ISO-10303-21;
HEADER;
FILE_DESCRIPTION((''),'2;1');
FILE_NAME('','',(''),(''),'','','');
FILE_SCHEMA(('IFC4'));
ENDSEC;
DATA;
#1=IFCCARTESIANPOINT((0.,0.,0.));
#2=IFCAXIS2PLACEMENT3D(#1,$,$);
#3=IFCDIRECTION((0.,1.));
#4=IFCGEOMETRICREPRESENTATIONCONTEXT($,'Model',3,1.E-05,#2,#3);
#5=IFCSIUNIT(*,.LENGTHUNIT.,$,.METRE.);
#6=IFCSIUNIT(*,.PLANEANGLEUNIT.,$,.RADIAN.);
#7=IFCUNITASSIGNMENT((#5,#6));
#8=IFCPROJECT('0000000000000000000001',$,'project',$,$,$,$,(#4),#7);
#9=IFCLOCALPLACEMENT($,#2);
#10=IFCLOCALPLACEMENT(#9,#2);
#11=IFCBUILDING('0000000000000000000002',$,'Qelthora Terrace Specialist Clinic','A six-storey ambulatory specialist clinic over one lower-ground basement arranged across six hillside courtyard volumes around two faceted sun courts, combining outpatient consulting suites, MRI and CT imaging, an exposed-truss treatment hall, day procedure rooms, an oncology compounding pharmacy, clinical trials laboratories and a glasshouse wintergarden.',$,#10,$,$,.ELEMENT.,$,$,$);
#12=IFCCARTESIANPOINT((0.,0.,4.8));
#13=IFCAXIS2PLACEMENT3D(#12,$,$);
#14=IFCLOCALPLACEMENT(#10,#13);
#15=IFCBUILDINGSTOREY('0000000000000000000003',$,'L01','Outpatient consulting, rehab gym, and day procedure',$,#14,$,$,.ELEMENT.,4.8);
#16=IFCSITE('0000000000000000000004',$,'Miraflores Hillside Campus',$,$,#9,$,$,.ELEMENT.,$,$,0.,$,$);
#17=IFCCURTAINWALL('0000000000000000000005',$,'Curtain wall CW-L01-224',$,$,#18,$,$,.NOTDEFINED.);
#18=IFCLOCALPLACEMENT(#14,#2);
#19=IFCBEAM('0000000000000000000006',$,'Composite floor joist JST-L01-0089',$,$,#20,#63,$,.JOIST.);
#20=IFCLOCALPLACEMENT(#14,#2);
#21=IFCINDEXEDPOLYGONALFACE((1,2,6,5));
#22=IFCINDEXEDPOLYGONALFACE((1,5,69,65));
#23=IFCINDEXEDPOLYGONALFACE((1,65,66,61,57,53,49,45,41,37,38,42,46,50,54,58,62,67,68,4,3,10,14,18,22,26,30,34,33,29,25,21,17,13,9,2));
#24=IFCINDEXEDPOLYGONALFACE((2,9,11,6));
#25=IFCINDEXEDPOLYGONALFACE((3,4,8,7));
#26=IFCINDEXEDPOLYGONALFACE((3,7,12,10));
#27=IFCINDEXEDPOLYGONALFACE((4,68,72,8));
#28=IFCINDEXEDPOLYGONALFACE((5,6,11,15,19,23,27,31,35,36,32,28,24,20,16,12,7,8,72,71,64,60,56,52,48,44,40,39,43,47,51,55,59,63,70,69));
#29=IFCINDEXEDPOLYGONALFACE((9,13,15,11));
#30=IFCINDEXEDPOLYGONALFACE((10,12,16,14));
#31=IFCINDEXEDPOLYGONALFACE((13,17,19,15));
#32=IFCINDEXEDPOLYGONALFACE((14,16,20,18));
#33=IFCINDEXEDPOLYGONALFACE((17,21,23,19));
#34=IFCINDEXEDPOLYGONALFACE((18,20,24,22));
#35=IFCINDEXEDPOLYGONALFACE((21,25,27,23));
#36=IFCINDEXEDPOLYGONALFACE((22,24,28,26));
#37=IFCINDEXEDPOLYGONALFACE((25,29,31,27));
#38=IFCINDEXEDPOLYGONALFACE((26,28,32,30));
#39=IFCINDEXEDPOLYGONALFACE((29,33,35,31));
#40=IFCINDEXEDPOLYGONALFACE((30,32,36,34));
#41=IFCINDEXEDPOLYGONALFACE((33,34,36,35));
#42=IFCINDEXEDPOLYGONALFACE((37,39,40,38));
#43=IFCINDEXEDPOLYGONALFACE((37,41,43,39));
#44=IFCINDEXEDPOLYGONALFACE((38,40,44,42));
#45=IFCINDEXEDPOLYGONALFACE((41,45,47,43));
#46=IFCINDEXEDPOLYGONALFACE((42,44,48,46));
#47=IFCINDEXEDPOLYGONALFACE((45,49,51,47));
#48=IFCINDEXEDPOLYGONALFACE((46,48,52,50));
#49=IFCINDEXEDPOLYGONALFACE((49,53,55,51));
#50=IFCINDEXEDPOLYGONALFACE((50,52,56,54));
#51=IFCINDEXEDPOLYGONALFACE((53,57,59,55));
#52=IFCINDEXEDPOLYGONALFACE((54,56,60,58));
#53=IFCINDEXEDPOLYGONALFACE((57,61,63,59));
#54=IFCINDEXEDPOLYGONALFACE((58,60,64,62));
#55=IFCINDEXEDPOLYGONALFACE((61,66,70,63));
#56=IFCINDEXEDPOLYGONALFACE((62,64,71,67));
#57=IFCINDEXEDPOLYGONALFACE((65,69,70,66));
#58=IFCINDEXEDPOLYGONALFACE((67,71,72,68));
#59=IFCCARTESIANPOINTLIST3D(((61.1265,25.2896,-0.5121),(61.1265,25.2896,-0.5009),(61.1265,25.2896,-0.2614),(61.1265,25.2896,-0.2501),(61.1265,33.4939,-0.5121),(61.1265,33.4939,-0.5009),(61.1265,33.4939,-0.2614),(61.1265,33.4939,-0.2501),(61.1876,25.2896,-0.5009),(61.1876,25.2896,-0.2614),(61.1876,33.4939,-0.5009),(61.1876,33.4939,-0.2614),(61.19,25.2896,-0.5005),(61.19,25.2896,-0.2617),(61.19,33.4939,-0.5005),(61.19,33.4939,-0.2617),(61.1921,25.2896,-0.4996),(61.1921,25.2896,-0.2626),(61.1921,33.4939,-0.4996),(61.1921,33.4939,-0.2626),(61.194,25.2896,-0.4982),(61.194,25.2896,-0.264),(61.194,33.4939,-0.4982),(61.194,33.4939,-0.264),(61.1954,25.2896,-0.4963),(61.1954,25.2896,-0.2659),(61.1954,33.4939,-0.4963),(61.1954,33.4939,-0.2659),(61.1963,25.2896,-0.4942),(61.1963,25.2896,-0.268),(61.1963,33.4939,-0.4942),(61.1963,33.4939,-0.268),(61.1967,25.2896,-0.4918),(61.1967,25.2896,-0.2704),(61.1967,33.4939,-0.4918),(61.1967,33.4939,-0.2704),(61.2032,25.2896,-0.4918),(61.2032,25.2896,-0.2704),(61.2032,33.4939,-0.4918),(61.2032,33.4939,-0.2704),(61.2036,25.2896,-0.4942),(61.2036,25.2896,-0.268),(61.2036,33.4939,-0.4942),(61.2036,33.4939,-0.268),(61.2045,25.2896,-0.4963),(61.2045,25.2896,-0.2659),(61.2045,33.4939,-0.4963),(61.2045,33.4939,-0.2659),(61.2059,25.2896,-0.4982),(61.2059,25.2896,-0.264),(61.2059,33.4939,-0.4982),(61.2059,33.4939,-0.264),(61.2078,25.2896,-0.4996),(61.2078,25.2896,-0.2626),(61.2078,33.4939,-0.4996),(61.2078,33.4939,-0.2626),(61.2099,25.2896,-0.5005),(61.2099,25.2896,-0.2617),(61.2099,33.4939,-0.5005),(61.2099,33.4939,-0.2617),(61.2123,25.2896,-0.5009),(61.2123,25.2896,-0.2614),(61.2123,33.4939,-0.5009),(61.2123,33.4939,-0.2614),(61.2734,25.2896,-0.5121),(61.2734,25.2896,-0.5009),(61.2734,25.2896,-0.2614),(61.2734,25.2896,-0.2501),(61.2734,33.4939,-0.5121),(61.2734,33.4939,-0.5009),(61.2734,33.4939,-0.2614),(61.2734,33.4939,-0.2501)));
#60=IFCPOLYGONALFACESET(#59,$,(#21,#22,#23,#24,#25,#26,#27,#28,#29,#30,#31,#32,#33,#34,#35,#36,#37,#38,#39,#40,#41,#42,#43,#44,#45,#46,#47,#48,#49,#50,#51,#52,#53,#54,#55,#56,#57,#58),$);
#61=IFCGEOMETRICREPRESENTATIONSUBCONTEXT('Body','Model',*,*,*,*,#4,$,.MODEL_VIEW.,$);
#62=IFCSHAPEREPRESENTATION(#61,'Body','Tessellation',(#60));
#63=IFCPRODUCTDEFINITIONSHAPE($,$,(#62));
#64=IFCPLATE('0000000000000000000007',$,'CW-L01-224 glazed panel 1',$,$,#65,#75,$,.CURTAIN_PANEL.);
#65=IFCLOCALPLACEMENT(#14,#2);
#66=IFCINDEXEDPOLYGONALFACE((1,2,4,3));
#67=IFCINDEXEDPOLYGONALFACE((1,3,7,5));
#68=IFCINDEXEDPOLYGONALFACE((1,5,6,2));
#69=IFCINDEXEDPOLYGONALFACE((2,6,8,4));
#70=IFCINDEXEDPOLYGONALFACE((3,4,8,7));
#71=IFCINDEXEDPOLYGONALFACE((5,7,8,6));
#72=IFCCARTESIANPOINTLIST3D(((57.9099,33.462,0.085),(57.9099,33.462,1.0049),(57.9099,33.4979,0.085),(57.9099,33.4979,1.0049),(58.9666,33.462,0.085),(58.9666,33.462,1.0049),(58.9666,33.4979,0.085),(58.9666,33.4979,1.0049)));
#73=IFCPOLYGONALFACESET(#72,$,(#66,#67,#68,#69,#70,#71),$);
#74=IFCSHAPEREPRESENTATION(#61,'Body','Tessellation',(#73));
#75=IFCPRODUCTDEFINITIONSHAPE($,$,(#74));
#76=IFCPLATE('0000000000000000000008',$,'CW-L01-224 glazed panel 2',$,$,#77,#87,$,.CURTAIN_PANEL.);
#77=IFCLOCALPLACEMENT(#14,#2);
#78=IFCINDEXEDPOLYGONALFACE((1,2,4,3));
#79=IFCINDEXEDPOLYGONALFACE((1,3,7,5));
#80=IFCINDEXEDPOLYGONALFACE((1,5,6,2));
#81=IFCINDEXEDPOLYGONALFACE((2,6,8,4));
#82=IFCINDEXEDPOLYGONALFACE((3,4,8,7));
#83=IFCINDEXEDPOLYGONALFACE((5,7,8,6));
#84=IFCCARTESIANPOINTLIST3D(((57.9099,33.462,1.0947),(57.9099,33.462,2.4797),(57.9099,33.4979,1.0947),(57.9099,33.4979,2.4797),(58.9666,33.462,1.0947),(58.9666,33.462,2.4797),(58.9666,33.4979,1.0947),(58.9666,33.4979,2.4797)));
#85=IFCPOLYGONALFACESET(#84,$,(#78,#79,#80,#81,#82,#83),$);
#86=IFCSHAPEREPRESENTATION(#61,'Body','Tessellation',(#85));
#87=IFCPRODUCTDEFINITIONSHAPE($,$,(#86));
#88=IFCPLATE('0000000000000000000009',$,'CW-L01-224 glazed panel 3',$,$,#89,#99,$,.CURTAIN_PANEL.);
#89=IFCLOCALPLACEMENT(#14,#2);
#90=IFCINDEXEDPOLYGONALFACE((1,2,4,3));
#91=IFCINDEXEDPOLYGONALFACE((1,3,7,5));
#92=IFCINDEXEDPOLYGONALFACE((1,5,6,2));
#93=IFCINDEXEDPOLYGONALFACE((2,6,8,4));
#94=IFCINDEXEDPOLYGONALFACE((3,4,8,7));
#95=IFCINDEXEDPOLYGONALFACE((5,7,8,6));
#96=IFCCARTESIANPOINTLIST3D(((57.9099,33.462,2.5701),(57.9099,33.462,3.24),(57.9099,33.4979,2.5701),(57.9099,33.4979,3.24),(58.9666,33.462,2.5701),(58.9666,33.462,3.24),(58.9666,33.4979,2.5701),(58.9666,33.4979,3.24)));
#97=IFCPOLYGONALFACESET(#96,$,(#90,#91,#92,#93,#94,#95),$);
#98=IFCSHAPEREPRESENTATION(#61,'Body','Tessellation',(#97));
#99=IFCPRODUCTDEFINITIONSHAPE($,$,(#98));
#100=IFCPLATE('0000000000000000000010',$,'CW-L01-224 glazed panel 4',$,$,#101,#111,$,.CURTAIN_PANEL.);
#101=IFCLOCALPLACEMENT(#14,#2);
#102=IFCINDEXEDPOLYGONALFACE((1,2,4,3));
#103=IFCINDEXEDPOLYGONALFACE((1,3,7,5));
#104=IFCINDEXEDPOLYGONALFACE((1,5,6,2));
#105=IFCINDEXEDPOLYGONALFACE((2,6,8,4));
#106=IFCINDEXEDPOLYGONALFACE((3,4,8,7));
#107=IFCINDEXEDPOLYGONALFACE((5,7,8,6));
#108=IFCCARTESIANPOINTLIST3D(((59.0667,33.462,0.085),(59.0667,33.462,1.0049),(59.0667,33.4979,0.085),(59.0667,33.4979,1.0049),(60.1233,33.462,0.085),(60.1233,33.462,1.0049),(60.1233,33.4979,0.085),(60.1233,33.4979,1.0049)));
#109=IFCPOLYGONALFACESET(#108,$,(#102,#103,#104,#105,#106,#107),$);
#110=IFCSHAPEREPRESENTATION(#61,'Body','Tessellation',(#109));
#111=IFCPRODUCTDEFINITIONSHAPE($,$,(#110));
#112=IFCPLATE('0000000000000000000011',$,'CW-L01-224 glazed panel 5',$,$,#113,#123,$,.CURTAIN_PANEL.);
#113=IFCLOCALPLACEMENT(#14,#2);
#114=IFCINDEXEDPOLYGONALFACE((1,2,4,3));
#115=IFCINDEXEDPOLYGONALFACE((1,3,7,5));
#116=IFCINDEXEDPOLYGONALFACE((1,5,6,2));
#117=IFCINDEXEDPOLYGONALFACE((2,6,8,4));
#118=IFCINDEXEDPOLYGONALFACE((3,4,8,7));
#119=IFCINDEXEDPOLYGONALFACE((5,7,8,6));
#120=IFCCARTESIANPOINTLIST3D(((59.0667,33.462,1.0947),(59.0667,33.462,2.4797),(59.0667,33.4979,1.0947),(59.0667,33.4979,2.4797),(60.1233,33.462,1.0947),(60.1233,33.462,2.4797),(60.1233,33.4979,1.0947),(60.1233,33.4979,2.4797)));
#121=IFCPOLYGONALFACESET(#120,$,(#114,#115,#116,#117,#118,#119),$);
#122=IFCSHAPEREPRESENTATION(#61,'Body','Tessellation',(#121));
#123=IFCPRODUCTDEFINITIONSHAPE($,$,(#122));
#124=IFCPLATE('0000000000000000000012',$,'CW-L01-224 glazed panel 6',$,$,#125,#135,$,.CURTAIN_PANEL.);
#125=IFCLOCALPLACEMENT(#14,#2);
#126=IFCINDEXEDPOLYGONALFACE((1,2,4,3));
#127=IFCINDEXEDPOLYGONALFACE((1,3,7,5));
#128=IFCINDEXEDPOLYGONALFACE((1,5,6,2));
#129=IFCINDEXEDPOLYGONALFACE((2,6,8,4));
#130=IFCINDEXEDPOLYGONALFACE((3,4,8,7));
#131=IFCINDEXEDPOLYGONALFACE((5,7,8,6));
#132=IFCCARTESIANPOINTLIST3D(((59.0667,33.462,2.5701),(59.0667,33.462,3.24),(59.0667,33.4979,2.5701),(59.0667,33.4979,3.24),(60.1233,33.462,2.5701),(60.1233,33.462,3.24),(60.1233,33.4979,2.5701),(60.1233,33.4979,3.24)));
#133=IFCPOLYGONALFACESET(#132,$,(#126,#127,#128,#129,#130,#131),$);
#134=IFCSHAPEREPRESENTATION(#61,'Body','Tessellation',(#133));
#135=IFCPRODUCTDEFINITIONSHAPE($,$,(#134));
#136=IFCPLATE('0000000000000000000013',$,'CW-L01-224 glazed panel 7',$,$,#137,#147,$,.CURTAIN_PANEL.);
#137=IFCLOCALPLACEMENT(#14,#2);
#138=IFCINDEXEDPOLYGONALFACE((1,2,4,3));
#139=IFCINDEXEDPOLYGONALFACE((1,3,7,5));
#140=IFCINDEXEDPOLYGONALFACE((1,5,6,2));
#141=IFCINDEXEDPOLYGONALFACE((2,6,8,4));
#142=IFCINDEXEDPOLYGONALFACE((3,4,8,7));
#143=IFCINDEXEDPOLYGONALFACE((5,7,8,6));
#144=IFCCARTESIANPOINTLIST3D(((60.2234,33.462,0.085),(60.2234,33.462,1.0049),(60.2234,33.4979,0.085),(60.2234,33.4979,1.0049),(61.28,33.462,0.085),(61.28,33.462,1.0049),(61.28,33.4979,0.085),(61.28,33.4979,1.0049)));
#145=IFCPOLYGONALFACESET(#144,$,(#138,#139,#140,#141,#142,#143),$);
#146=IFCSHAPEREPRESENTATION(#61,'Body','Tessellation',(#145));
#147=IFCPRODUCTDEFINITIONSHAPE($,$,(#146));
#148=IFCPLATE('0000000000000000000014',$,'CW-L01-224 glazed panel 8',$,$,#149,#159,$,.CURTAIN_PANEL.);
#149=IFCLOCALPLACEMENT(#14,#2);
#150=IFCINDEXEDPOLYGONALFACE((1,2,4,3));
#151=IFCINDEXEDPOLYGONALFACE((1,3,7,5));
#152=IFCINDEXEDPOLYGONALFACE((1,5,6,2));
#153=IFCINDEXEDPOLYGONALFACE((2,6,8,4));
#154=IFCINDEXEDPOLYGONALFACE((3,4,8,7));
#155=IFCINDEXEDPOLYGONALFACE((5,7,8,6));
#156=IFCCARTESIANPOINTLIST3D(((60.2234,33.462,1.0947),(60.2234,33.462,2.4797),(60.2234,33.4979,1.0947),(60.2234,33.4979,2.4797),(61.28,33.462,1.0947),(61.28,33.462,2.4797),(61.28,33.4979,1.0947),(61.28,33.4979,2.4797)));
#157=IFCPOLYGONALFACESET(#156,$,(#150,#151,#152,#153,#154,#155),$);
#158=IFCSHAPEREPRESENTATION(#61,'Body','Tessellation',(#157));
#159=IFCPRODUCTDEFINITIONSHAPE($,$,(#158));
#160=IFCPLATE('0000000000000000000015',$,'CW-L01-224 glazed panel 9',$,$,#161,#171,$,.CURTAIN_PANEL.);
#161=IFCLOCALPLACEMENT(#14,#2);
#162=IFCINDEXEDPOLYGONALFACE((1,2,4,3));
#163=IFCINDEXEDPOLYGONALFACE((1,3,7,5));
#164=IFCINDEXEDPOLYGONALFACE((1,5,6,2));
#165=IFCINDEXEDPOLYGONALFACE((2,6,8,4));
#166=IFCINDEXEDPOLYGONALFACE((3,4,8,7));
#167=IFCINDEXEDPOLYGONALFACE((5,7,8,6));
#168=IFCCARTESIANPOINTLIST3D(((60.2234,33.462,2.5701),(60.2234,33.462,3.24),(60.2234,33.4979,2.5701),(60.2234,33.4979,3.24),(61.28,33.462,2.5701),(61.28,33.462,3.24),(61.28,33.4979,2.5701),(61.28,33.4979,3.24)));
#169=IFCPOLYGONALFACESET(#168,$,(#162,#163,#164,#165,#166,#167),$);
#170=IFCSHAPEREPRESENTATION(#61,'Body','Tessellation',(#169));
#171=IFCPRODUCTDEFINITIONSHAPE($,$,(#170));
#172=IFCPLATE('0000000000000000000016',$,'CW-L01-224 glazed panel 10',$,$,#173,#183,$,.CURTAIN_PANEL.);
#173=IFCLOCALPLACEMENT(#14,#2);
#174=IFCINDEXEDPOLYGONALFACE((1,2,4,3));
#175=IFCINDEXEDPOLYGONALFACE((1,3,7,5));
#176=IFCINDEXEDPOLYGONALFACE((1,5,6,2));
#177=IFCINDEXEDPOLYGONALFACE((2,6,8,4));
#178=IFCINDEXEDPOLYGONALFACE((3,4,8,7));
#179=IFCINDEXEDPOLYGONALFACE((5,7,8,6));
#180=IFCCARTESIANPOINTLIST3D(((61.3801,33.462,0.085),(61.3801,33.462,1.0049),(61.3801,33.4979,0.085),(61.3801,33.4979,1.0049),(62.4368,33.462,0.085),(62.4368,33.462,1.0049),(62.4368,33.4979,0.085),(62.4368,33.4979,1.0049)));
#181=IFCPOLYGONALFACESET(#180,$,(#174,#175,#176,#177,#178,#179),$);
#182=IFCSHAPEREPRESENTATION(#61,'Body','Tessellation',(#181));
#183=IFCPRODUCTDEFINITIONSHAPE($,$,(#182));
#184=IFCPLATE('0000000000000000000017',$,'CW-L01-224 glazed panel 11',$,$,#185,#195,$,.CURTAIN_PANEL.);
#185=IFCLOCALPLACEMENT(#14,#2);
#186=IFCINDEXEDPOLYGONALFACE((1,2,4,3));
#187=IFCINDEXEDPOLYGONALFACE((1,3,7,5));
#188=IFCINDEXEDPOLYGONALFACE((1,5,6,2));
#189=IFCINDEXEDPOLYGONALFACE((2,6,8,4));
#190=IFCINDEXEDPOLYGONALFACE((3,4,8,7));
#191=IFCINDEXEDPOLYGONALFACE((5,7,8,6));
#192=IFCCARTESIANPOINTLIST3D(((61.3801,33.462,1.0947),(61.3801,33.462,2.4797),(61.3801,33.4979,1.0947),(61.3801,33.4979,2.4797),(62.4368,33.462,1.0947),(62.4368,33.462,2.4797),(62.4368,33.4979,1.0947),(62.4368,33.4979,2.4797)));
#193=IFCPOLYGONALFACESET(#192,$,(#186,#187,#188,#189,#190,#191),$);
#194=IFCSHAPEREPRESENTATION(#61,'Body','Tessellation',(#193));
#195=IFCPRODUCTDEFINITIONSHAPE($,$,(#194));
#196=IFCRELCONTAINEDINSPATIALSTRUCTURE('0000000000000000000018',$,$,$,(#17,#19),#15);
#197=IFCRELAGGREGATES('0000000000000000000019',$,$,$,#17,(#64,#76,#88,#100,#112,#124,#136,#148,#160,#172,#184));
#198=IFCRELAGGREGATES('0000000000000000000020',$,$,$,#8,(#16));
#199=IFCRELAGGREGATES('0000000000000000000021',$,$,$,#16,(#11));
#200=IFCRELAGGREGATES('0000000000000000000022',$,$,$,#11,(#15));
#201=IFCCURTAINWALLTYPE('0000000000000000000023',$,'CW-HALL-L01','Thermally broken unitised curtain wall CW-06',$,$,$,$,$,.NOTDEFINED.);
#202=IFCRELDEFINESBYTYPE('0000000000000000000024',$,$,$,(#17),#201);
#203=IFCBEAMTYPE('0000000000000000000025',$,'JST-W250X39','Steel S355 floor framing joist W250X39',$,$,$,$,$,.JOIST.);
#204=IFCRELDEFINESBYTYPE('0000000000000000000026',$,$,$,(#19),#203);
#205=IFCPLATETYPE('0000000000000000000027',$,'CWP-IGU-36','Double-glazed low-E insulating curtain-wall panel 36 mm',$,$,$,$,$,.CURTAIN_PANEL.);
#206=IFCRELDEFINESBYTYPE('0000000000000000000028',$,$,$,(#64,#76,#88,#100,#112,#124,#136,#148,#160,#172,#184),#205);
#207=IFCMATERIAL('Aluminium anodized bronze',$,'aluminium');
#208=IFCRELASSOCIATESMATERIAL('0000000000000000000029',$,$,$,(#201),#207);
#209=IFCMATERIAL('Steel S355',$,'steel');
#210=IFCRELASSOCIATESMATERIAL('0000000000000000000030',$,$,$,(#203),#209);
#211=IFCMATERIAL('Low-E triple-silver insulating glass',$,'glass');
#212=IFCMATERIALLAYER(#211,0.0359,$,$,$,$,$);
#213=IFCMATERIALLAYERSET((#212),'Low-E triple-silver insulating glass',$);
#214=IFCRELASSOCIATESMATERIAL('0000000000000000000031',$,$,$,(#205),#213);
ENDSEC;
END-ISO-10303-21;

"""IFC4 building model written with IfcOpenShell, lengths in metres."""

from ifc_helpers import new_model, si_unit, direction, frame, origin, origin_2d, place, context, subcontext, project, spatial, rectangle, i_section, extrude, material, layer, layer_set, material_profile, profile_set, type_object, element, aggregate, save


model = new_model("IFC4")

# Units and contexts
model_context = context("Model", 3, precision=1e-05, world=origin(), true_north=direction((0.0, 1.0)))
body_context = subcontext(model_context, "Body", "Model", "MODEL_VIEW")
ifc_project = project(units=[si_unit("LENGTHUNIT", "METRE"), si_unit("PLANEANGLEUNIT", "RADIAN")], contexts=[model_context])

# Site, building, storey
site_placement = place(None, origin())
site = spatial("IfcSite", under=ifc_project, at=site_placement, Name="Miraflores Hillside Campus", CompositionType="ELEMENT", RefElevation=0.0)
building_placement = place(site_placement, origin())
building = spatial("IfcBuilding", under=site, at=building_placement, Name="Qelthora Terrace Specialist Clinic", Description="A six-storey ambulatory specialist clinic over one lower-ground basement arranged across six hillside courtyard volumes around two faceted sun courts, combining outpatient consulting suites, MRI and CT imaging, an exposed-truss treatment hall, day procedure rooms, an oncology compounding pharmacy, clinical trials laboratories and a glasshouse wintergarden.", CompositionType="ELEMENT")
storey_placement = place(building_placement, frame((0.0, 0.0, 4.8)))
storey = spatial("IfcBuildingStorey", under=building, at=storey_placement, Name="L01", Description="Outpatient consulting, rehab gym, and day procedure", CompositionType="ELEMENT", Elevation=4.8)

# Shared definitions
ifc_material_1 = material(Name="Steel S355", Category="steel")

# Curtain wall
ifc_material_2 = material(Name="Aluminium anodized bronze", Category="aluminium")
curtain_wall_type = type_object("IfcCurtainWallType", Name="CW-HALL-L01", Description="Thermally broken unitised curtain wall CW-06", PredefinedType="NOTDEFINED", material=ifc_material_2)
curtain_wall_placement = place(storey_placement, origin())
curtain_wall = element("IfcCurtainWall", 1, at=curtain_wall_placement, inside=storey, type_object=curtain_wall_type, Name="Curtain wall CW-L01-224", PredefinedType="NOTDEFINED")

# Beam
ifc_material_profile_1 = material_profile(ifc_material_1, i_section(OverallWidth=0.147, OverallDepth=0.262, WebThickness=0.0066, FlangeThickness=0.0112, FilletRadius=0.009, at=origin_2d()), Name="W250X39")
ifc_profile_set_1 = profile_set([ifc_material_profile_1], Name="Steel S355")
beam_type_1 = type_object("IfcBeamType", Name="JST-W250X39", Description="Steel S355 floor framing joist W250X39", PredefinedType="JOIST", material=ifc_profile_set_1)
beam_1_placement = place(storey_placement, frame((61.2, 25.2896, -0.3811), z_axis=(0.0, 1.0, 0.0), x_axis=(-1.0, 0.0, 0.0)))
element("IfcBeam", 2, at=beam_1_placement, inside=storey, type_object=beam_type_1, Name="Composite floor joist JST-L01-0089", PredefinedType="JOIST", context=body_context, shape_type="SweptSolid", body=[
    extrude(i_section(OverallWidth=0.147, OverallDepth=0.262, WebThickness=0.0066, FlangeThickness=0.0112, FilletRadius=0.009, at=origin_2d()), origin(), (0.0, 0.0, 1.0), 8.2043),
])

# Plates
ifc_material_3 = material(Name="Low-E triple-silver insulating glass", Category="glass")
ifc_layer_1 = layer(ifc_material_3, 0.0359)
ifc_layer_set_1 = layer_set([ifc_layer_1], Name="Low-E triple-silver insulating glass")
plate_type = type_object("IfcPlateType", Name="CWP-IGU-36", Description="Double-glazed low-E insulating curtain-wall panel 36 mm", PredefinedType="CURTAIN_PANEL", material=ifc_layer_set_1)
plate_1_placement = place(storey_placement, frame((58.4382, 33.48, 0.085), z_axis=(0.0, 0.0, 1.0), x_axis=(1.0, 0.0, 0.0)))
plate_1 = element("IfcPlate", 3, at=plate_1_placement, type_object=plate_type, Name="CW-L01-224 glazed panel 1", PredefinedType="CURTAIN_PANEL", context=body_context, shape_type="SweptSolid", body=[
    extrude(rectangle(XDim=1.0566, YDim=0.0359, at=origin_2d()), origin(), (0.0, 0.0, 1.0), 0.9199),
])
plate_2_placement = place(storey_placement, frame((58.4382, 33.48, 1.0947), z_axis=(0.0, 0.0, 1.0), x_axis=(1.0, 0.0, 0.0)))
plate_2 = element("IfcPlate", 4, at=plate_2_placement, type_object=plate_type, Name="CW-L01-224 glazed panel 2", PredefinedType="CURTAIN_PANEL", context=body_context, shape_type="SweptSolid", body=[
    extrude(rectangle(XDim=1.0566, YDim=0.0359, at=origin_2d()), origin(), (0.0, 0.0, 1.0), 1.385),
])
plate_3_placement = place(storey_placement, frame((58.4382, 33.48, 2.5701), z_axis=(0.0, 0.0, 1.0), x_axis=(1.0, 0.0, 0.0)))
plate_3 = element("IfcPlate", 5, at=plate_3_placement, type_object=plate_type, Name="CW-L01-224 glazed panel 3", PredefinedType="CURTAIN_PANEL", context=body_context, shape_type="SweptSolid", body=[
    extrude(rectangle(XDim=1.0566, YDim=0.0359, at=origin_2d()), origin(), (0.0, 0.0, 1.0), 0.6699),
])
plate_4_placement = place(storey_placement, frame((59.595, 33.48, 0.085), z_axis=(0.0, 0.0, 1.0), x_axis=(1.0, 0.0, 0.0)))
plate_4 = element("IfcPlate", 6, at=plate_4_placement, type_object=plate_type, Name="CW-L01-224 glazed panel 4", PredefinedType="CURTAIN_PANEL", context=body_context, shape_type="SweptSolid", body=[
    extrude(rectangle(XDim=1.0566, YDim=0.0359, at=origin_2d()), origin(), (0.0, 0.0, 1.0), 0.9199),
])
plate_5_placement = place(storey_placement, frame((59.595, 33.48, 1.0947), z_axis=(0.0, 0.0, 1.0), x_axis=(1.0, 0.0, 0.0)))
plate_5 = element("IfcPlate", 7, at=plate_5_placement, type_object=plate_type, Name="CW-L01-224 glazed panel 5", PredefinedType="CURTAIN_PANEL", context=body_context, shape_type="SweptSolid", body=[
    extrude(rectangle(XDim=1.0566, YDim=0.0359, at=origin_2d()), origin(), (0.0, 0.0, 1.0), 1.385),
])
plate_6_placement = place(storey_placement, frame((59.595, 33.48, 2.5701), z_axis=(0.0, 0.0, 1.0), x_axis=(1.0, 0.0, 0.0)))
plate_6 = element("IfcPlate", 8, at=plate_6_placement, type_object=plate_type, Name="CW-L01-224 glazed panel 6", PredefinedType="CURTAIN_PANEL", context=body_context, shape_type="SweptSolid", body=[
    extrude(rectangle(XDim=1.0566, YDim=0.0359, at=origin_2d()), origin(), (0.0, 0.0, 1.0), 0.6699),
])
plate_7_placement = place(storey_placement, frame((60.7517, 33.48, 0.085), z_axis=(0.0, 0.0, 1.0), x_axis=(1.0, 0.0, 0.0)))
plate_7 = element("IfcPlate", 9, at=plate_7_placement, type_object=plate_type, Name="CW-L01-224 glazed panel 7", PredefinedType="CURTAIN_PANEL", context=body_context, shape_type="SweptSolid", body=[
    extrude(rectangle(XDim=1.0566, YDim=0.0359, at=origin_2d()), origin(), (0.0, 0.0, 1.0), 0.9199),
])
plate_8_placement = place(storey_placement, frame((60.7517, 33.48, 1.0947), z_axis=(0.0, 0.0, 1.0), x_axis=(1.0, 0.0, 0.0)))
plate_8 = element("IfcPlate", 10, at=plate_8_placement, type_object=plate_type, Name="CW-L01-224 glazed panel 8", PredefinedType="CURTAIN_PANEL", context=body_context, shape_type="SweptSolid", body=[
    extrude(rectangle(XDim=1.0566, YDim=0.0359, at=origin_2d()), origin(), (0.0, 0.0, 1.0), 1.385),
])
plate_9_placement = place(storey_placement, frame((60.7517, 33.48, 2.5701), z_axis=(0.0, 0.0, 1.0), x_axis=(1.0, 0.0, 0.0)))
plate_9 = element("IfcPlate", 11, at=plate_9_placement, type_object=plate_type, Name="CW-L01-224 glazed panel 9", PredefinedType="CURTAIN_PANEL", context=body_context, shape_type="SweptSolid", body=[
    extrude(rectangle(XDim=1.0566, YDim=0.0359, at=origin_2d()), origin(), (0.0, 0.0, 1.0), 0.6699),
])
plate_10_placement = place(storey_placement, frame((61.9084, 33.48, 0.085), z_axis=(0.0, 0.0, 1.0), x_axis=(1.0, 0.0, 0.0)))
plate_10 = element("IfcPlate", 12, at=plate_10_placement, type_object=plate_type, Name="CW-L01-224 glazed panel 10", PredefinedType="CURTAIN_PANEL", context=body_context, shape_type="SweptSolid", body=[
    extrude(rectangle(XDim=1.0566, YDim=0.0359, at=origin_2d()), origin(), (0.0, 0.0, 1.0), 0.9199),
])
plate_11_placement = place(storey_placement, frame((61.9084, 33.48, 1.0947), z_axis=(0.0, 0.0, 1.0), x_axis=(1.0, 0.0, 0.0)))
plate_11 = element("IfcPlate", 13, at=plate_11_placement, type_object=plate_type, Name="CW-L01-224 glazed panel 11", PredefinedType="CURTAIN_PANEL", context=body_context, shape_type="SweptSolid", body=[
    extrude(rectangle(XDim=1.0566, YDim=0.0359, at=origin_2d()), origin(), (0.0, 0.0, 1.0), 1.385),
])
aggregate(curtain_wall, [plate_1, plate_2, plate_3, plate_4, plate_5, plate_6, plate_7, plate_8, plate_9, plate_10, plate_11])

save(model, "model.ifc")
